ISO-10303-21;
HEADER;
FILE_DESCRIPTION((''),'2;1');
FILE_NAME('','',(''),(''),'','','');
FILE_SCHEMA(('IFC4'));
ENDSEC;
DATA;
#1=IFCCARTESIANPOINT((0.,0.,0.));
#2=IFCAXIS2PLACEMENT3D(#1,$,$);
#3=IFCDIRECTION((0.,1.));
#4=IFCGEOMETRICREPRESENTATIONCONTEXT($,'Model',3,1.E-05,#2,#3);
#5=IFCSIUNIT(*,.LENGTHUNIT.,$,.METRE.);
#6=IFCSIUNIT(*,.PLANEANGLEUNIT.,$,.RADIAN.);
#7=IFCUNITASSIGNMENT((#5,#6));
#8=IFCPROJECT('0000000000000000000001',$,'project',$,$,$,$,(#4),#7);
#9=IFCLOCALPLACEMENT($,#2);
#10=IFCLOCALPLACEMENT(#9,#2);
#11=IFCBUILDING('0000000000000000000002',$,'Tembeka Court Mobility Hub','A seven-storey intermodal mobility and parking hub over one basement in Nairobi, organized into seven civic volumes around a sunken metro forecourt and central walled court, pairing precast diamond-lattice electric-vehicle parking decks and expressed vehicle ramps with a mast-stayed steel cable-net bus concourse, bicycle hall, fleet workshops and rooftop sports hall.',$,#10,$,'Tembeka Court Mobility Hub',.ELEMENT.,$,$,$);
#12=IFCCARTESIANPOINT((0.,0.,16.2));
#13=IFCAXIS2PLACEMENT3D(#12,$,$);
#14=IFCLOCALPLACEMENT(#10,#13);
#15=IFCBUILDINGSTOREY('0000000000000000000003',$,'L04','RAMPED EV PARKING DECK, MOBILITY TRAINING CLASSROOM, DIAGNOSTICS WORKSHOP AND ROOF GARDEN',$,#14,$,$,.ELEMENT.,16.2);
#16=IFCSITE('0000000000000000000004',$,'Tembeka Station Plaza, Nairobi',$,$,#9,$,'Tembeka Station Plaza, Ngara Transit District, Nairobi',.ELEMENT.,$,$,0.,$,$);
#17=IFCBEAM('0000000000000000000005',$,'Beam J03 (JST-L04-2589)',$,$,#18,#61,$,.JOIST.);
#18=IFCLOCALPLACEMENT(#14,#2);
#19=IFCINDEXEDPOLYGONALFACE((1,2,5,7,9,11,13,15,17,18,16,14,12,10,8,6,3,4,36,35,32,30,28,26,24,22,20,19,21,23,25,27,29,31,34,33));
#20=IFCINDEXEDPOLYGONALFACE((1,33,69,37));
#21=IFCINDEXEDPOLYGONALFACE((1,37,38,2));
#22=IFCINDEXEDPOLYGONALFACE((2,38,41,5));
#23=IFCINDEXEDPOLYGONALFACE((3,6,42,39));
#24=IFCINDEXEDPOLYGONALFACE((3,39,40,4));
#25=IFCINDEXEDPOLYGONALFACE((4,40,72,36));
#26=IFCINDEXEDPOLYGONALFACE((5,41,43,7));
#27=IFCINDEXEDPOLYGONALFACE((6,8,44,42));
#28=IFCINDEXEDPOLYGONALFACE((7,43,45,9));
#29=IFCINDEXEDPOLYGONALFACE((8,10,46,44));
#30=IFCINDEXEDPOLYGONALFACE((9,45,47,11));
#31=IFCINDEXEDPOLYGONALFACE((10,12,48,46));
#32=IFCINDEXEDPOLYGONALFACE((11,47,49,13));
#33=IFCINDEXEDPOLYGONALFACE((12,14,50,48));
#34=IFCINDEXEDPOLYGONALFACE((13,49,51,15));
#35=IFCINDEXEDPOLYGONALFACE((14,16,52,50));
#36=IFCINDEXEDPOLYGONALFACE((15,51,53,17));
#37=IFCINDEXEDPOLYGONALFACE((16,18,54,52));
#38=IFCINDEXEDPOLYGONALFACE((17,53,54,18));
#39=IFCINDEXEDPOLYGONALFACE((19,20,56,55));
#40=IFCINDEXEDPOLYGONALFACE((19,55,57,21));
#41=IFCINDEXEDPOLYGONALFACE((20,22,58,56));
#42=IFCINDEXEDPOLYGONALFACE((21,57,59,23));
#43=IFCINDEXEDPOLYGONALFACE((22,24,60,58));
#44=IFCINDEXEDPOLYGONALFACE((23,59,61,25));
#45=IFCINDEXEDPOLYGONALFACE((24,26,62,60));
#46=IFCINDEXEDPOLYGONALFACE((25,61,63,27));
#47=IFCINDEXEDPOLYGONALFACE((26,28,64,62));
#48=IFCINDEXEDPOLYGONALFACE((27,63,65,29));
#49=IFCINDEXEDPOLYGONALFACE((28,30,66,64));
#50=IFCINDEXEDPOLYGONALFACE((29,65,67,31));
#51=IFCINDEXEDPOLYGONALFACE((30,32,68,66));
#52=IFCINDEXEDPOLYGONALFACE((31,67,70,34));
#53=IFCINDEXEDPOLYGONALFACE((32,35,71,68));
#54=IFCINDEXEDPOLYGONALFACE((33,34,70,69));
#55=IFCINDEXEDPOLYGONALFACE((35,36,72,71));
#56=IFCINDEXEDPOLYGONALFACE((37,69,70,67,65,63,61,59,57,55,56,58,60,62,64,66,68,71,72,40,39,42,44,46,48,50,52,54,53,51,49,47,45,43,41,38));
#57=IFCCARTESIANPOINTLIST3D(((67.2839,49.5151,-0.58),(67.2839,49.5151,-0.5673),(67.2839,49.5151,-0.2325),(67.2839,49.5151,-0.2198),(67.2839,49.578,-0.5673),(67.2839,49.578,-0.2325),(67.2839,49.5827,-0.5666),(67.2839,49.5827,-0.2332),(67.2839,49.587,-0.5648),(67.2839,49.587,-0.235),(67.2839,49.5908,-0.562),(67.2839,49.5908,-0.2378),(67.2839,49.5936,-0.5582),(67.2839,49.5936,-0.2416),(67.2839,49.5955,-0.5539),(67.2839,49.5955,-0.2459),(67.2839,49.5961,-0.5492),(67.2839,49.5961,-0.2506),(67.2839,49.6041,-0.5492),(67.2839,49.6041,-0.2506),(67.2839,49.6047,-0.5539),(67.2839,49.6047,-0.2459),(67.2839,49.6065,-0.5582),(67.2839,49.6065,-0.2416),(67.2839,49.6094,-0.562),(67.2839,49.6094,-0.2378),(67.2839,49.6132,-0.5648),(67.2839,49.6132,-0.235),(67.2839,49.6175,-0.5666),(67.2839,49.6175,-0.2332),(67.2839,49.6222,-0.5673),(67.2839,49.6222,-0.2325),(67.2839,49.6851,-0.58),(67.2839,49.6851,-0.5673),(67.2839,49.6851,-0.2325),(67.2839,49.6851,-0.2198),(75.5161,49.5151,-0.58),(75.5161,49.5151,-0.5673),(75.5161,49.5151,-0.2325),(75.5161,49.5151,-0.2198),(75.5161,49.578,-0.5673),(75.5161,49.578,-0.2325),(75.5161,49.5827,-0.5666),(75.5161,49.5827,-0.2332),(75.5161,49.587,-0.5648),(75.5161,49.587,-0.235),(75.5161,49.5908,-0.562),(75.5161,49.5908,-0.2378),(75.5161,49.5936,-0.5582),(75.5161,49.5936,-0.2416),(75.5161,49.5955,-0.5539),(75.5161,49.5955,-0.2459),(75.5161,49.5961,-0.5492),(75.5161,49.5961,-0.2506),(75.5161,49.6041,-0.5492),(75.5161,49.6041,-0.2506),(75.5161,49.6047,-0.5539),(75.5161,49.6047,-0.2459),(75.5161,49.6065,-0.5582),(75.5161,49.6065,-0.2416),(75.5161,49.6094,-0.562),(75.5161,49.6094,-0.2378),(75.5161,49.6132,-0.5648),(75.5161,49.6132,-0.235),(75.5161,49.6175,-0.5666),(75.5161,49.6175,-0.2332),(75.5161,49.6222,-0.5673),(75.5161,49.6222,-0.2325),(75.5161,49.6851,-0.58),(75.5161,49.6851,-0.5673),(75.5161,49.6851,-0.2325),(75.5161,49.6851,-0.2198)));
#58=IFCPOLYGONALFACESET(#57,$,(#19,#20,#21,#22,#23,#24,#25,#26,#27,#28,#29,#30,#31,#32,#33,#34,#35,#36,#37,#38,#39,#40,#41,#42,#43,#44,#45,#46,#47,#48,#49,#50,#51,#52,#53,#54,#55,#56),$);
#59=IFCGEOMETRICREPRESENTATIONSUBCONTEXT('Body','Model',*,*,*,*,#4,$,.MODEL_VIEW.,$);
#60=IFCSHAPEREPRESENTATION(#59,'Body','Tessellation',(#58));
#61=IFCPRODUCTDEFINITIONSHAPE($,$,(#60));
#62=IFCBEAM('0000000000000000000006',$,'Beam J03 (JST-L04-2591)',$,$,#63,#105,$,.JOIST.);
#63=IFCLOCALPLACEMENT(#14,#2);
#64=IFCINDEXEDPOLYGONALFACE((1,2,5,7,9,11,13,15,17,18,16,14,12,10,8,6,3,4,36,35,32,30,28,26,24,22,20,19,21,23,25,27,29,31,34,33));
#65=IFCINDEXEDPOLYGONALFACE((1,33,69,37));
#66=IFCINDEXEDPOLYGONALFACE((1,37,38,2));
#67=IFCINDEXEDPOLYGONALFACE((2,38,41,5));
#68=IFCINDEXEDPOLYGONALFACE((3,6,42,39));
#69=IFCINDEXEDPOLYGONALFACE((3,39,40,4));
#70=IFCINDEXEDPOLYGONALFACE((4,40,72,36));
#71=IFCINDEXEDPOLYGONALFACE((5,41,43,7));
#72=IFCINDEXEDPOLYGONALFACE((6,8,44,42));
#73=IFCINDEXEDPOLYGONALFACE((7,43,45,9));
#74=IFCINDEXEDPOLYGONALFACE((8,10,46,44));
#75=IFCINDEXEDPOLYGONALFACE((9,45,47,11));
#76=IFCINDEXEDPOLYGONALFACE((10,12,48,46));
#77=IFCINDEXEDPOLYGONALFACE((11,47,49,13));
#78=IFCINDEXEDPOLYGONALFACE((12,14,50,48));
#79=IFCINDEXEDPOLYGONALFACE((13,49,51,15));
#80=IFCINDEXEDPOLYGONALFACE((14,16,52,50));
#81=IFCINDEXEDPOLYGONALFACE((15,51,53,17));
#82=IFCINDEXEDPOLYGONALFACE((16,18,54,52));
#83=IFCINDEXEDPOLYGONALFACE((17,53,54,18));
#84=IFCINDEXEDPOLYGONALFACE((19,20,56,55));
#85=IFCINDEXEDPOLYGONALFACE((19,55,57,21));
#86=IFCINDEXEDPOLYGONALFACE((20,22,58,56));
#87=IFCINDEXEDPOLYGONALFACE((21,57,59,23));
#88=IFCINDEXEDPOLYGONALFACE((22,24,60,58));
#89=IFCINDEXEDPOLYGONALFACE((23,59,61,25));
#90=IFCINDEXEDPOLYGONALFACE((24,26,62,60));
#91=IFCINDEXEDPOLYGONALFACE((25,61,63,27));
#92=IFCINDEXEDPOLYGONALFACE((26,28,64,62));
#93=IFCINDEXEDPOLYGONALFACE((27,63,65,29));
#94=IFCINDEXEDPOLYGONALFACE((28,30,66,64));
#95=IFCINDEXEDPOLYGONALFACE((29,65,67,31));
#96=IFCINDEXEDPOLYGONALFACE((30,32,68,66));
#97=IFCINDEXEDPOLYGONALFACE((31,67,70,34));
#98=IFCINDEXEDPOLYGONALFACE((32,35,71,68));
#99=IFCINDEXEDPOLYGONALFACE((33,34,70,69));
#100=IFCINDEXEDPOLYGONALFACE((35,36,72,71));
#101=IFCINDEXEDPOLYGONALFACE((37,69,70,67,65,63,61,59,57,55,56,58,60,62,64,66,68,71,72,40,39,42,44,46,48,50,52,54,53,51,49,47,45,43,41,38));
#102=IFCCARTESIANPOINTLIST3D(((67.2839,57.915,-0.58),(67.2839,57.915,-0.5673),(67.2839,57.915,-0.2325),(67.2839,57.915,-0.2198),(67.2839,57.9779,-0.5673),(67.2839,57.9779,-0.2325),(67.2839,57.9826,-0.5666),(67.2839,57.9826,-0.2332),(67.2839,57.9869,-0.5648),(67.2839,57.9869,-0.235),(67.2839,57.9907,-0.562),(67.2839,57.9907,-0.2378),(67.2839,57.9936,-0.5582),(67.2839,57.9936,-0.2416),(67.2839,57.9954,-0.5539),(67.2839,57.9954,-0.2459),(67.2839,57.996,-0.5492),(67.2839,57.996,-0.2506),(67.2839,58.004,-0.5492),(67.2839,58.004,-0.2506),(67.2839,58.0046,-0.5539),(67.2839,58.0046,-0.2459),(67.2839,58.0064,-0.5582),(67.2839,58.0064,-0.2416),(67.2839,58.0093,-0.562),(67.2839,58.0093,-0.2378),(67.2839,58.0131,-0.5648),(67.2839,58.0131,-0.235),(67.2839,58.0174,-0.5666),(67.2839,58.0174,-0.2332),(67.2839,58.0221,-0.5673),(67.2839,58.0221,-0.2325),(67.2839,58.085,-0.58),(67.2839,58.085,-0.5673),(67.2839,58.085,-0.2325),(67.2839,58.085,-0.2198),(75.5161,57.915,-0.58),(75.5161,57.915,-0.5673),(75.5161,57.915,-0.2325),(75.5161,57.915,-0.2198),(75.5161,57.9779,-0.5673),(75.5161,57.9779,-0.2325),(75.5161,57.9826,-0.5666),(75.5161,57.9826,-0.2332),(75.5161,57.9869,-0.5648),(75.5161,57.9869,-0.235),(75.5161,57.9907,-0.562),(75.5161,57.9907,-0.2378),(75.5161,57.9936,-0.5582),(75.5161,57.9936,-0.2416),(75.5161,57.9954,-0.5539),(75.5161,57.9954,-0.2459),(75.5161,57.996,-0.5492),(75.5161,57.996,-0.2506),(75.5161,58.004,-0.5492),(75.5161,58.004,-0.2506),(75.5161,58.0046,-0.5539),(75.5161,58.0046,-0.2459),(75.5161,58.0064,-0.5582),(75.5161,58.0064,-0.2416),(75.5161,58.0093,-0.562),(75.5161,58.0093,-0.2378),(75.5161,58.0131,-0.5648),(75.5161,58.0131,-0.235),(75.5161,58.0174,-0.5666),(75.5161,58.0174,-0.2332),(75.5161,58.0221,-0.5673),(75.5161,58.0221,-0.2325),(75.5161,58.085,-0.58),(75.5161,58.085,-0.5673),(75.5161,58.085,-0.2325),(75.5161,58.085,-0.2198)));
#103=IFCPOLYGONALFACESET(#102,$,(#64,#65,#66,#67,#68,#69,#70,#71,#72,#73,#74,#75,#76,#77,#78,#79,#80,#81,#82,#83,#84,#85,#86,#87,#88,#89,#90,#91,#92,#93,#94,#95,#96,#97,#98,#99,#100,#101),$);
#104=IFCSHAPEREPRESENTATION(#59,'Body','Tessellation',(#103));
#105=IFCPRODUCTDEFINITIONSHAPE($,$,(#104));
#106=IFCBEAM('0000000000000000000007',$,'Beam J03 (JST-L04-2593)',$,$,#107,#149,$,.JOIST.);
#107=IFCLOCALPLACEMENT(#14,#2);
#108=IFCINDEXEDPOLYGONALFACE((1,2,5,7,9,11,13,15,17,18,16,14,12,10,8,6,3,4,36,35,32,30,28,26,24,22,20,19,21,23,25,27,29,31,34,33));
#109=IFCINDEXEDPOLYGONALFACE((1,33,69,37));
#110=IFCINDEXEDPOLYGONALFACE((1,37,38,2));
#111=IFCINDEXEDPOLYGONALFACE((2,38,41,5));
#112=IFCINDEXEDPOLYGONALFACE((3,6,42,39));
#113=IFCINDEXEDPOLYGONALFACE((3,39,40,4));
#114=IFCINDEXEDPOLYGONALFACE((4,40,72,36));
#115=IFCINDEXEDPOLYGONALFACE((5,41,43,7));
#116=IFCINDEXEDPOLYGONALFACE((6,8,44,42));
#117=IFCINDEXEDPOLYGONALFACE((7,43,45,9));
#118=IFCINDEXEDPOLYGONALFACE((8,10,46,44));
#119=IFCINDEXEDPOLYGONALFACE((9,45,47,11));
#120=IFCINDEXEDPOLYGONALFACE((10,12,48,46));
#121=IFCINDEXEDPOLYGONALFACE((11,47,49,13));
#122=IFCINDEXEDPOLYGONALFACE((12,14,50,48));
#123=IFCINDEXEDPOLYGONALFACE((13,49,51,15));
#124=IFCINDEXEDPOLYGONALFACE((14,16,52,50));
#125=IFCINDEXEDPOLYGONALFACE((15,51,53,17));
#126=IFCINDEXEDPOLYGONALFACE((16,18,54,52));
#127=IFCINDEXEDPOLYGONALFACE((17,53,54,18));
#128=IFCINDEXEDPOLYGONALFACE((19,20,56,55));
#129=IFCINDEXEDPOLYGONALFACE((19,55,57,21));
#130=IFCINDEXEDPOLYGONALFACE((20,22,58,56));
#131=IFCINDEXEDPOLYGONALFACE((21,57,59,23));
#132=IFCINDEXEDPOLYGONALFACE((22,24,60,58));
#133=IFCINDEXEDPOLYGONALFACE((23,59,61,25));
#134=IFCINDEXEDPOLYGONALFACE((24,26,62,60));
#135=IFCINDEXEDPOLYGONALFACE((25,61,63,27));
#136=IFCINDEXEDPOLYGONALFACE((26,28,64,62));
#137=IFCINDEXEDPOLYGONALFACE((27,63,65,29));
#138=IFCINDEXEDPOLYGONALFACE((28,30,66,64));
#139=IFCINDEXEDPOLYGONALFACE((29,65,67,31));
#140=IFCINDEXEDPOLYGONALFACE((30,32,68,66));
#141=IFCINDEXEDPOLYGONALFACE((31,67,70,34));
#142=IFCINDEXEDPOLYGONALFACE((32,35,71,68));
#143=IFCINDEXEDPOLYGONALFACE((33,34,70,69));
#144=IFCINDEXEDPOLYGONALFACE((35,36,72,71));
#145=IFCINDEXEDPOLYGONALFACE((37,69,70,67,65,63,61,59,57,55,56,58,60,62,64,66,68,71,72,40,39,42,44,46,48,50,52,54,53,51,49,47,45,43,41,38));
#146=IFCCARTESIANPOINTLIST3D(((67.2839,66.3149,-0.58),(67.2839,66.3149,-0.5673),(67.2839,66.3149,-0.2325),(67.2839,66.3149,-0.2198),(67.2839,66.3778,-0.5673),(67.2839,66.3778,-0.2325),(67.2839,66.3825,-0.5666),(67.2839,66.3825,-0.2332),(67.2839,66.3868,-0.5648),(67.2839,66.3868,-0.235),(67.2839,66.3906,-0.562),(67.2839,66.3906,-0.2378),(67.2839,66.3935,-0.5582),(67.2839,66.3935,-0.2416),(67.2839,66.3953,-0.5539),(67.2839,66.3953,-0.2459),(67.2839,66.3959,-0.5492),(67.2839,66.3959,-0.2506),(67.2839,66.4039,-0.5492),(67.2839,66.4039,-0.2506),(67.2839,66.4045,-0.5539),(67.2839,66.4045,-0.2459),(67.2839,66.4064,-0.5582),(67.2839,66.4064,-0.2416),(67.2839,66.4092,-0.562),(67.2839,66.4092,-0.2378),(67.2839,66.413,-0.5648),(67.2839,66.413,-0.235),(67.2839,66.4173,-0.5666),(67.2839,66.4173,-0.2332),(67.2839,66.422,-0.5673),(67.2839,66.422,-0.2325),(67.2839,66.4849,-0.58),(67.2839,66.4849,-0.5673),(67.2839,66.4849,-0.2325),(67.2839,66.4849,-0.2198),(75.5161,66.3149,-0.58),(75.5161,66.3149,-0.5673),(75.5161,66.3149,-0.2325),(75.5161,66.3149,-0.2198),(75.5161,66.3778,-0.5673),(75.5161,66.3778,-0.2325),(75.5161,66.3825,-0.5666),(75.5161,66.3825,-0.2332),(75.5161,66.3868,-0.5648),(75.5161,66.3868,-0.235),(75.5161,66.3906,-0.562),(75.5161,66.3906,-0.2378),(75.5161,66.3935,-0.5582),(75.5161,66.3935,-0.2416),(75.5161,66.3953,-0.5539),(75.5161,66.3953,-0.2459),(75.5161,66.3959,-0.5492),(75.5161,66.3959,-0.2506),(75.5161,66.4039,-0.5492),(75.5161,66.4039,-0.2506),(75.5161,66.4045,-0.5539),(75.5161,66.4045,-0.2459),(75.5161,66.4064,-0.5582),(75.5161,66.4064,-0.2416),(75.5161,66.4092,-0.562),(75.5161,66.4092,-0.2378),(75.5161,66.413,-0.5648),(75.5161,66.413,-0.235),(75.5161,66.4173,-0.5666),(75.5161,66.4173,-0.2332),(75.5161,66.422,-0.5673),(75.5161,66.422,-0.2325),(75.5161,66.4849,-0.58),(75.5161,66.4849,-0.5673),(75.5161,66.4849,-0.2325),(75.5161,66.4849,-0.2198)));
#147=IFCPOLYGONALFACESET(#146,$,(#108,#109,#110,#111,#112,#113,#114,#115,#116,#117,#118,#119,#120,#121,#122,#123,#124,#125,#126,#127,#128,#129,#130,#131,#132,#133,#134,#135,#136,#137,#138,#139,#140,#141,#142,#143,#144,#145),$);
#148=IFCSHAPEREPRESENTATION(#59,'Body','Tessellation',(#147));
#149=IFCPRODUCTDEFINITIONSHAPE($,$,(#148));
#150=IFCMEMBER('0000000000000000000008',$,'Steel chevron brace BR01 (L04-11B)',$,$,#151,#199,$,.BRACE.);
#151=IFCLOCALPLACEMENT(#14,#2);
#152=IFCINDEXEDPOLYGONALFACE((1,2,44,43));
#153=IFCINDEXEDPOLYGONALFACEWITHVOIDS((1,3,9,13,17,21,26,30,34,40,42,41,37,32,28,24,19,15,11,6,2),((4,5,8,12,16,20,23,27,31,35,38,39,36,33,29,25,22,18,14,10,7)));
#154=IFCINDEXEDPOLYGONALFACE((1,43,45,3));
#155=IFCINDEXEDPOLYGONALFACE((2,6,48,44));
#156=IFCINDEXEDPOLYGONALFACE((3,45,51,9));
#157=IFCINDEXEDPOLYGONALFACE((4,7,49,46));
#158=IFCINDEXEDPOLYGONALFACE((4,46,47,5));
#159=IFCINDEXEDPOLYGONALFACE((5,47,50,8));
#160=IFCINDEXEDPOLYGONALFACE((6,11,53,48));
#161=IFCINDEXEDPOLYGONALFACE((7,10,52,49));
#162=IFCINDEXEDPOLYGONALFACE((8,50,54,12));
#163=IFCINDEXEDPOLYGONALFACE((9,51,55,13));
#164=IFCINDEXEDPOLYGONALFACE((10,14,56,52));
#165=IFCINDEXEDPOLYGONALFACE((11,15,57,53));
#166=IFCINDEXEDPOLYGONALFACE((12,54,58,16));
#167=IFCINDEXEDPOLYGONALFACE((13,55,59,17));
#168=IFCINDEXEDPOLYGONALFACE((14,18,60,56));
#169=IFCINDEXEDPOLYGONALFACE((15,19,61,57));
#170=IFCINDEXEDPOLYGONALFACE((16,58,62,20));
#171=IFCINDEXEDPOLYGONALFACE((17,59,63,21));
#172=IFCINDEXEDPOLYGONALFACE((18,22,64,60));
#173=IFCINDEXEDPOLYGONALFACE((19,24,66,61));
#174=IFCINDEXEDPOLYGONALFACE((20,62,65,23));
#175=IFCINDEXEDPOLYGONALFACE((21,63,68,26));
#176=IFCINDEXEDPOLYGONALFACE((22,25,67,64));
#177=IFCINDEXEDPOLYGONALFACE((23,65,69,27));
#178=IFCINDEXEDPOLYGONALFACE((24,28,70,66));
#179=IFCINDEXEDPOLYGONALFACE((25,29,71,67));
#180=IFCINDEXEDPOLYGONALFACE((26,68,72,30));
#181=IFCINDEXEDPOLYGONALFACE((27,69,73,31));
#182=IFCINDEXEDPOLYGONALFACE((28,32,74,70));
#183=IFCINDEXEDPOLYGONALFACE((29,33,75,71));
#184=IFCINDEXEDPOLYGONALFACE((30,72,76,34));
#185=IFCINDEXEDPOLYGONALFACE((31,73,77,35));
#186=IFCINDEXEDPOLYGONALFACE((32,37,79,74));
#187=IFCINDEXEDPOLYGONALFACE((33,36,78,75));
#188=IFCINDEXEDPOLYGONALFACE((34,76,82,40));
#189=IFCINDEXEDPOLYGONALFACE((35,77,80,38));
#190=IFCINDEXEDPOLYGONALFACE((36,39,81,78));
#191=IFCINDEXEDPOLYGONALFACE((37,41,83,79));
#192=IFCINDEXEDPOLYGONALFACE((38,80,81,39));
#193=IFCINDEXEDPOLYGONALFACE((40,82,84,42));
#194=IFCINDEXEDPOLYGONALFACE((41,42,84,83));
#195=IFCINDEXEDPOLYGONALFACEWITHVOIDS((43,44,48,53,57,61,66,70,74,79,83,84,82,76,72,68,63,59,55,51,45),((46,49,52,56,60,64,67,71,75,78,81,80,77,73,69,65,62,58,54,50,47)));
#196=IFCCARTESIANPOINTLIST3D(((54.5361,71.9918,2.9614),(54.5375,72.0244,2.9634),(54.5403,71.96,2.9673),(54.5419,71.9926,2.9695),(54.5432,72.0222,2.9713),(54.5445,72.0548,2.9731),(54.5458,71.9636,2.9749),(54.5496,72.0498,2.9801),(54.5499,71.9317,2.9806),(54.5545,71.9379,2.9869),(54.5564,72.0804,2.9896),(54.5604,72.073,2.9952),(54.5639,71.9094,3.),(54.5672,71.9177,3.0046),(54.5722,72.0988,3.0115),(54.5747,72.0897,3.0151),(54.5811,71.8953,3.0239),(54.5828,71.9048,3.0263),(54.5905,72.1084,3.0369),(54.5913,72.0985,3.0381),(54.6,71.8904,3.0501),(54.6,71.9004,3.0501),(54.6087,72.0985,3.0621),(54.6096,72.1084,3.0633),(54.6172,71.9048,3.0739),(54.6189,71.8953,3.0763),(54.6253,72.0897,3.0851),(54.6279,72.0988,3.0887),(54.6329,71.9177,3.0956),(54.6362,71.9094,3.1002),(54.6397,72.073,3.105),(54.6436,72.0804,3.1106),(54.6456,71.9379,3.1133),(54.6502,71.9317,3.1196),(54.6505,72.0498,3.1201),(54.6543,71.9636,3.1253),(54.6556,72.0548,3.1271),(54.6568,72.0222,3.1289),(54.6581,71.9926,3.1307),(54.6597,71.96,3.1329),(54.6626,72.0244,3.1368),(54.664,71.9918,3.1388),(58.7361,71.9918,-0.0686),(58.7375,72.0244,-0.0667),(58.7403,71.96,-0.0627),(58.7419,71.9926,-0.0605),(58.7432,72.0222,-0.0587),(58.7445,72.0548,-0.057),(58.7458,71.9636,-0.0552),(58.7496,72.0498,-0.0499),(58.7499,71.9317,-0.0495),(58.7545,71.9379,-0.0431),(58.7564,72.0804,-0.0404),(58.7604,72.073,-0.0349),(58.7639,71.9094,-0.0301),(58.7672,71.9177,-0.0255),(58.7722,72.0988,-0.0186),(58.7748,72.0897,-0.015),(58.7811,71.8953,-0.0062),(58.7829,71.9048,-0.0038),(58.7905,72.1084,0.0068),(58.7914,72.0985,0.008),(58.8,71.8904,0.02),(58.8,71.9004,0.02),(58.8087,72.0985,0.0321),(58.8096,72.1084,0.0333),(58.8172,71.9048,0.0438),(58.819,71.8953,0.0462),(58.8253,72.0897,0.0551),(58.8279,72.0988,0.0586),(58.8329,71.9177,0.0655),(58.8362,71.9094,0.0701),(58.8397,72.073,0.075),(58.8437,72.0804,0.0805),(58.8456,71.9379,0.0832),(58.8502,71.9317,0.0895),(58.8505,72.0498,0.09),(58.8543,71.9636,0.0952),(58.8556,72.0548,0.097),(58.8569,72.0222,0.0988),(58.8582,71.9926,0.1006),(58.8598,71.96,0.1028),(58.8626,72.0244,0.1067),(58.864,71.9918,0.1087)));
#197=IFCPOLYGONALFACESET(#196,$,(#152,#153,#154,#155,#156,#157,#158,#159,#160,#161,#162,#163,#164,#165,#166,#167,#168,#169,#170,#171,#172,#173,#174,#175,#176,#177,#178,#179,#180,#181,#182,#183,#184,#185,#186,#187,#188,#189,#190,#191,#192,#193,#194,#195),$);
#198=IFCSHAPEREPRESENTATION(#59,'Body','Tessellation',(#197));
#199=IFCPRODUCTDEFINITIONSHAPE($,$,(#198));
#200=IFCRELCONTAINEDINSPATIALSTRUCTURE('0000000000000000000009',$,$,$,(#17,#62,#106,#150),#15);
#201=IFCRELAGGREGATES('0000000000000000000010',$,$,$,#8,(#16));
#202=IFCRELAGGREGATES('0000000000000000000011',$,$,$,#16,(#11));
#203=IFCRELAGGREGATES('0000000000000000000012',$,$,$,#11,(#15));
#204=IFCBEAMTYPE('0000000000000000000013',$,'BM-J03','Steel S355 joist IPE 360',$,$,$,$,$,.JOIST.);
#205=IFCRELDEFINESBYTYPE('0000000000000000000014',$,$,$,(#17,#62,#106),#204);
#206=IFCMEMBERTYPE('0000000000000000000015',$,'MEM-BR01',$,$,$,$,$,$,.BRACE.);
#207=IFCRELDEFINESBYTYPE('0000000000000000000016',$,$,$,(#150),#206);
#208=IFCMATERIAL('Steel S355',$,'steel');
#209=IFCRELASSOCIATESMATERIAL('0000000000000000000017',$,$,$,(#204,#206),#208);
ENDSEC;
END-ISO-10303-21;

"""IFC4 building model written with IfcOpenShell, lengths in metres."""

from ifc_helpers import new_model, si_unit, direction, frame, origin, origin_2d, place, context, subcontext, project, spatial, hollow_circle, i_section, extrude, material, material_profile, profile_set, type_object, element, save


model = new_model("IFC4")

# Units and contexts
model_context = context("Model", 3, precision=1e-05, world=origin(), true_north=direction((0.0, 1.0)))
body_context = subcontext(model_context, "Body", "Model", "MODEL_VIEW")
ifc_project = project(units=[si_unit("LENGTHUNIT", "METRE"), si_unit("PLANEANGLEUNIT", "RADIAN")], contexts=[model_context])

# Site, building, storey
site_placement = place(None, origin())
site = spatial("IfcSite", under=ifc_project, at=site_placement, Name="Tembeka Station Plaza, Nairobi", LongName="Tembeka Station Plaza, Ngara Transit District, Nairobi", CompositionType="ELEMENT", RefElevation=0.0)
building_placement = place(site_placement, origin())
building = spatial("IfcBuilding", under=site, at=building_placement, Name="Tembeka Court Mobility Hub", Description="A seven-storey intermodal mobility and parking hub over one basement in Nairobi, organized into seven civic volumes around a sunken metro forecourt and central walled court, pairing precast diamond-lattice electric-vehicle parking decks and expressed vehicle ramps with a mast-stayed steel cable-net bus concourse, bicycle hall, fleet workshops and rooftop sports hall.", LongName="Tembeka Court Mobility Hub", CompositionType="ELEMENT")
storey_placement = place(building_placement, frame((0.0, 0.0, 16.2)))
storey = spatial("IfcBuildingStorey", under=building, at=storey_placement, Name="L04", Description="RAMPED EV PARKING DECK, MOBILITY TRAINING CLASSROOM, DIAGNOSTICS WORKSHOP AND ROOF GARDEN", CompositionType="ELEMENT", Elevation=16.2)

# Shared definitions
ifc_material_1 = material(Name="Steel S355", Category="steel")

# Beams
ifc_material_profile_1 = material_profile(ifc_material_1, i_section(OverallWidth=0.1699, OverallDepth=0.3601, WebThickness=0.0081, FlangeThickness=0.0127, FilletRadius=0.0181, at=origin_2d()), Name="IPE 360")
ifc_profile_set_1 = profile_set([ifc_material_profile_1], Name="Steel S355")
beam_type_1 = type_object("IfcBeamType", Name="BM-J03", Description="Steel S355 joist IPE 360", PredefinedType="JOIST", material=ifc_profile_set_1)
for number, where, z_axis, x_axis, name in (
    (1, (67.2839, 49.6001, -0.3999), (1.0, 0.0, 0.0), (0.0, 1.0, 0.0), "Beam J03 (JST-L04-2589)"),
    (2, (67.2839, 58.0, -0.3999), (1.0, 0.0, 0.0), (0.0, 1.0, 0.0), "Beam J03 (JST-L04-2591)"),
    (3, (67.2839, 66.3999, -0.3999), (1.0, 0.0, 0.0), (0.0, 1.0, 0.0), "Beam J03 (JST-L04-2593)"),
):
    element("IfcBeam", number, at=place(storey_placement, frame(where, z_axis=z_axis, x_axis=x_axis)), inside=storey, type_object=beam_type_1, Name=name, PredefinedType="JOIST", context=body_context, shape_type="SweptSolid", body=[
        extrude(i_section(OverallWidth=0.1699, OverallDepth=0.3601, WebThickness=0.0081, FlangeThickness=0.0127, FilletRadius=0.0181, at=origin_2d()), origin(), (0.0, 0.0, 1.0), 8.2322),
    ])

# Member
ifc_material_profile_2 = material_profile(ifc_material_1, hollow_circle(Radius=0.1096, WallThickness=0.01, at=origin_2d()), Name="CHS 219.1x10")
ifc_profile_set_2 = profile_set([ifc_material_profile_2], Name="Steel S355")
member_type = type_object("IfcMemberType", Name="MEM-BR01", PredefinedType="BRACE", material=ifc_profile_set_2)
member_placement = place(storey_placement, frame((58.8, 72.0, 0.02), z_axis=(-0.810979, 0.0, 0.585076), x_axis=(0.0, -1.0, 0.0)))
element("IfcMember", 4, at=member_placement, inside=storey, type_object=member_type, Name="Steel chevron brace BR01 (L04-11B)", PredefinedType="BRACE", context=body_context, shape_type="SweptSolid", body=[
    extrude(hollow_circle(Radius=0.1096, WallThickness=0.01, at=origin_2d()), origin(), (0.0, 0.0, 1.0), 5.179),
])

save(model, "model.ifc")
